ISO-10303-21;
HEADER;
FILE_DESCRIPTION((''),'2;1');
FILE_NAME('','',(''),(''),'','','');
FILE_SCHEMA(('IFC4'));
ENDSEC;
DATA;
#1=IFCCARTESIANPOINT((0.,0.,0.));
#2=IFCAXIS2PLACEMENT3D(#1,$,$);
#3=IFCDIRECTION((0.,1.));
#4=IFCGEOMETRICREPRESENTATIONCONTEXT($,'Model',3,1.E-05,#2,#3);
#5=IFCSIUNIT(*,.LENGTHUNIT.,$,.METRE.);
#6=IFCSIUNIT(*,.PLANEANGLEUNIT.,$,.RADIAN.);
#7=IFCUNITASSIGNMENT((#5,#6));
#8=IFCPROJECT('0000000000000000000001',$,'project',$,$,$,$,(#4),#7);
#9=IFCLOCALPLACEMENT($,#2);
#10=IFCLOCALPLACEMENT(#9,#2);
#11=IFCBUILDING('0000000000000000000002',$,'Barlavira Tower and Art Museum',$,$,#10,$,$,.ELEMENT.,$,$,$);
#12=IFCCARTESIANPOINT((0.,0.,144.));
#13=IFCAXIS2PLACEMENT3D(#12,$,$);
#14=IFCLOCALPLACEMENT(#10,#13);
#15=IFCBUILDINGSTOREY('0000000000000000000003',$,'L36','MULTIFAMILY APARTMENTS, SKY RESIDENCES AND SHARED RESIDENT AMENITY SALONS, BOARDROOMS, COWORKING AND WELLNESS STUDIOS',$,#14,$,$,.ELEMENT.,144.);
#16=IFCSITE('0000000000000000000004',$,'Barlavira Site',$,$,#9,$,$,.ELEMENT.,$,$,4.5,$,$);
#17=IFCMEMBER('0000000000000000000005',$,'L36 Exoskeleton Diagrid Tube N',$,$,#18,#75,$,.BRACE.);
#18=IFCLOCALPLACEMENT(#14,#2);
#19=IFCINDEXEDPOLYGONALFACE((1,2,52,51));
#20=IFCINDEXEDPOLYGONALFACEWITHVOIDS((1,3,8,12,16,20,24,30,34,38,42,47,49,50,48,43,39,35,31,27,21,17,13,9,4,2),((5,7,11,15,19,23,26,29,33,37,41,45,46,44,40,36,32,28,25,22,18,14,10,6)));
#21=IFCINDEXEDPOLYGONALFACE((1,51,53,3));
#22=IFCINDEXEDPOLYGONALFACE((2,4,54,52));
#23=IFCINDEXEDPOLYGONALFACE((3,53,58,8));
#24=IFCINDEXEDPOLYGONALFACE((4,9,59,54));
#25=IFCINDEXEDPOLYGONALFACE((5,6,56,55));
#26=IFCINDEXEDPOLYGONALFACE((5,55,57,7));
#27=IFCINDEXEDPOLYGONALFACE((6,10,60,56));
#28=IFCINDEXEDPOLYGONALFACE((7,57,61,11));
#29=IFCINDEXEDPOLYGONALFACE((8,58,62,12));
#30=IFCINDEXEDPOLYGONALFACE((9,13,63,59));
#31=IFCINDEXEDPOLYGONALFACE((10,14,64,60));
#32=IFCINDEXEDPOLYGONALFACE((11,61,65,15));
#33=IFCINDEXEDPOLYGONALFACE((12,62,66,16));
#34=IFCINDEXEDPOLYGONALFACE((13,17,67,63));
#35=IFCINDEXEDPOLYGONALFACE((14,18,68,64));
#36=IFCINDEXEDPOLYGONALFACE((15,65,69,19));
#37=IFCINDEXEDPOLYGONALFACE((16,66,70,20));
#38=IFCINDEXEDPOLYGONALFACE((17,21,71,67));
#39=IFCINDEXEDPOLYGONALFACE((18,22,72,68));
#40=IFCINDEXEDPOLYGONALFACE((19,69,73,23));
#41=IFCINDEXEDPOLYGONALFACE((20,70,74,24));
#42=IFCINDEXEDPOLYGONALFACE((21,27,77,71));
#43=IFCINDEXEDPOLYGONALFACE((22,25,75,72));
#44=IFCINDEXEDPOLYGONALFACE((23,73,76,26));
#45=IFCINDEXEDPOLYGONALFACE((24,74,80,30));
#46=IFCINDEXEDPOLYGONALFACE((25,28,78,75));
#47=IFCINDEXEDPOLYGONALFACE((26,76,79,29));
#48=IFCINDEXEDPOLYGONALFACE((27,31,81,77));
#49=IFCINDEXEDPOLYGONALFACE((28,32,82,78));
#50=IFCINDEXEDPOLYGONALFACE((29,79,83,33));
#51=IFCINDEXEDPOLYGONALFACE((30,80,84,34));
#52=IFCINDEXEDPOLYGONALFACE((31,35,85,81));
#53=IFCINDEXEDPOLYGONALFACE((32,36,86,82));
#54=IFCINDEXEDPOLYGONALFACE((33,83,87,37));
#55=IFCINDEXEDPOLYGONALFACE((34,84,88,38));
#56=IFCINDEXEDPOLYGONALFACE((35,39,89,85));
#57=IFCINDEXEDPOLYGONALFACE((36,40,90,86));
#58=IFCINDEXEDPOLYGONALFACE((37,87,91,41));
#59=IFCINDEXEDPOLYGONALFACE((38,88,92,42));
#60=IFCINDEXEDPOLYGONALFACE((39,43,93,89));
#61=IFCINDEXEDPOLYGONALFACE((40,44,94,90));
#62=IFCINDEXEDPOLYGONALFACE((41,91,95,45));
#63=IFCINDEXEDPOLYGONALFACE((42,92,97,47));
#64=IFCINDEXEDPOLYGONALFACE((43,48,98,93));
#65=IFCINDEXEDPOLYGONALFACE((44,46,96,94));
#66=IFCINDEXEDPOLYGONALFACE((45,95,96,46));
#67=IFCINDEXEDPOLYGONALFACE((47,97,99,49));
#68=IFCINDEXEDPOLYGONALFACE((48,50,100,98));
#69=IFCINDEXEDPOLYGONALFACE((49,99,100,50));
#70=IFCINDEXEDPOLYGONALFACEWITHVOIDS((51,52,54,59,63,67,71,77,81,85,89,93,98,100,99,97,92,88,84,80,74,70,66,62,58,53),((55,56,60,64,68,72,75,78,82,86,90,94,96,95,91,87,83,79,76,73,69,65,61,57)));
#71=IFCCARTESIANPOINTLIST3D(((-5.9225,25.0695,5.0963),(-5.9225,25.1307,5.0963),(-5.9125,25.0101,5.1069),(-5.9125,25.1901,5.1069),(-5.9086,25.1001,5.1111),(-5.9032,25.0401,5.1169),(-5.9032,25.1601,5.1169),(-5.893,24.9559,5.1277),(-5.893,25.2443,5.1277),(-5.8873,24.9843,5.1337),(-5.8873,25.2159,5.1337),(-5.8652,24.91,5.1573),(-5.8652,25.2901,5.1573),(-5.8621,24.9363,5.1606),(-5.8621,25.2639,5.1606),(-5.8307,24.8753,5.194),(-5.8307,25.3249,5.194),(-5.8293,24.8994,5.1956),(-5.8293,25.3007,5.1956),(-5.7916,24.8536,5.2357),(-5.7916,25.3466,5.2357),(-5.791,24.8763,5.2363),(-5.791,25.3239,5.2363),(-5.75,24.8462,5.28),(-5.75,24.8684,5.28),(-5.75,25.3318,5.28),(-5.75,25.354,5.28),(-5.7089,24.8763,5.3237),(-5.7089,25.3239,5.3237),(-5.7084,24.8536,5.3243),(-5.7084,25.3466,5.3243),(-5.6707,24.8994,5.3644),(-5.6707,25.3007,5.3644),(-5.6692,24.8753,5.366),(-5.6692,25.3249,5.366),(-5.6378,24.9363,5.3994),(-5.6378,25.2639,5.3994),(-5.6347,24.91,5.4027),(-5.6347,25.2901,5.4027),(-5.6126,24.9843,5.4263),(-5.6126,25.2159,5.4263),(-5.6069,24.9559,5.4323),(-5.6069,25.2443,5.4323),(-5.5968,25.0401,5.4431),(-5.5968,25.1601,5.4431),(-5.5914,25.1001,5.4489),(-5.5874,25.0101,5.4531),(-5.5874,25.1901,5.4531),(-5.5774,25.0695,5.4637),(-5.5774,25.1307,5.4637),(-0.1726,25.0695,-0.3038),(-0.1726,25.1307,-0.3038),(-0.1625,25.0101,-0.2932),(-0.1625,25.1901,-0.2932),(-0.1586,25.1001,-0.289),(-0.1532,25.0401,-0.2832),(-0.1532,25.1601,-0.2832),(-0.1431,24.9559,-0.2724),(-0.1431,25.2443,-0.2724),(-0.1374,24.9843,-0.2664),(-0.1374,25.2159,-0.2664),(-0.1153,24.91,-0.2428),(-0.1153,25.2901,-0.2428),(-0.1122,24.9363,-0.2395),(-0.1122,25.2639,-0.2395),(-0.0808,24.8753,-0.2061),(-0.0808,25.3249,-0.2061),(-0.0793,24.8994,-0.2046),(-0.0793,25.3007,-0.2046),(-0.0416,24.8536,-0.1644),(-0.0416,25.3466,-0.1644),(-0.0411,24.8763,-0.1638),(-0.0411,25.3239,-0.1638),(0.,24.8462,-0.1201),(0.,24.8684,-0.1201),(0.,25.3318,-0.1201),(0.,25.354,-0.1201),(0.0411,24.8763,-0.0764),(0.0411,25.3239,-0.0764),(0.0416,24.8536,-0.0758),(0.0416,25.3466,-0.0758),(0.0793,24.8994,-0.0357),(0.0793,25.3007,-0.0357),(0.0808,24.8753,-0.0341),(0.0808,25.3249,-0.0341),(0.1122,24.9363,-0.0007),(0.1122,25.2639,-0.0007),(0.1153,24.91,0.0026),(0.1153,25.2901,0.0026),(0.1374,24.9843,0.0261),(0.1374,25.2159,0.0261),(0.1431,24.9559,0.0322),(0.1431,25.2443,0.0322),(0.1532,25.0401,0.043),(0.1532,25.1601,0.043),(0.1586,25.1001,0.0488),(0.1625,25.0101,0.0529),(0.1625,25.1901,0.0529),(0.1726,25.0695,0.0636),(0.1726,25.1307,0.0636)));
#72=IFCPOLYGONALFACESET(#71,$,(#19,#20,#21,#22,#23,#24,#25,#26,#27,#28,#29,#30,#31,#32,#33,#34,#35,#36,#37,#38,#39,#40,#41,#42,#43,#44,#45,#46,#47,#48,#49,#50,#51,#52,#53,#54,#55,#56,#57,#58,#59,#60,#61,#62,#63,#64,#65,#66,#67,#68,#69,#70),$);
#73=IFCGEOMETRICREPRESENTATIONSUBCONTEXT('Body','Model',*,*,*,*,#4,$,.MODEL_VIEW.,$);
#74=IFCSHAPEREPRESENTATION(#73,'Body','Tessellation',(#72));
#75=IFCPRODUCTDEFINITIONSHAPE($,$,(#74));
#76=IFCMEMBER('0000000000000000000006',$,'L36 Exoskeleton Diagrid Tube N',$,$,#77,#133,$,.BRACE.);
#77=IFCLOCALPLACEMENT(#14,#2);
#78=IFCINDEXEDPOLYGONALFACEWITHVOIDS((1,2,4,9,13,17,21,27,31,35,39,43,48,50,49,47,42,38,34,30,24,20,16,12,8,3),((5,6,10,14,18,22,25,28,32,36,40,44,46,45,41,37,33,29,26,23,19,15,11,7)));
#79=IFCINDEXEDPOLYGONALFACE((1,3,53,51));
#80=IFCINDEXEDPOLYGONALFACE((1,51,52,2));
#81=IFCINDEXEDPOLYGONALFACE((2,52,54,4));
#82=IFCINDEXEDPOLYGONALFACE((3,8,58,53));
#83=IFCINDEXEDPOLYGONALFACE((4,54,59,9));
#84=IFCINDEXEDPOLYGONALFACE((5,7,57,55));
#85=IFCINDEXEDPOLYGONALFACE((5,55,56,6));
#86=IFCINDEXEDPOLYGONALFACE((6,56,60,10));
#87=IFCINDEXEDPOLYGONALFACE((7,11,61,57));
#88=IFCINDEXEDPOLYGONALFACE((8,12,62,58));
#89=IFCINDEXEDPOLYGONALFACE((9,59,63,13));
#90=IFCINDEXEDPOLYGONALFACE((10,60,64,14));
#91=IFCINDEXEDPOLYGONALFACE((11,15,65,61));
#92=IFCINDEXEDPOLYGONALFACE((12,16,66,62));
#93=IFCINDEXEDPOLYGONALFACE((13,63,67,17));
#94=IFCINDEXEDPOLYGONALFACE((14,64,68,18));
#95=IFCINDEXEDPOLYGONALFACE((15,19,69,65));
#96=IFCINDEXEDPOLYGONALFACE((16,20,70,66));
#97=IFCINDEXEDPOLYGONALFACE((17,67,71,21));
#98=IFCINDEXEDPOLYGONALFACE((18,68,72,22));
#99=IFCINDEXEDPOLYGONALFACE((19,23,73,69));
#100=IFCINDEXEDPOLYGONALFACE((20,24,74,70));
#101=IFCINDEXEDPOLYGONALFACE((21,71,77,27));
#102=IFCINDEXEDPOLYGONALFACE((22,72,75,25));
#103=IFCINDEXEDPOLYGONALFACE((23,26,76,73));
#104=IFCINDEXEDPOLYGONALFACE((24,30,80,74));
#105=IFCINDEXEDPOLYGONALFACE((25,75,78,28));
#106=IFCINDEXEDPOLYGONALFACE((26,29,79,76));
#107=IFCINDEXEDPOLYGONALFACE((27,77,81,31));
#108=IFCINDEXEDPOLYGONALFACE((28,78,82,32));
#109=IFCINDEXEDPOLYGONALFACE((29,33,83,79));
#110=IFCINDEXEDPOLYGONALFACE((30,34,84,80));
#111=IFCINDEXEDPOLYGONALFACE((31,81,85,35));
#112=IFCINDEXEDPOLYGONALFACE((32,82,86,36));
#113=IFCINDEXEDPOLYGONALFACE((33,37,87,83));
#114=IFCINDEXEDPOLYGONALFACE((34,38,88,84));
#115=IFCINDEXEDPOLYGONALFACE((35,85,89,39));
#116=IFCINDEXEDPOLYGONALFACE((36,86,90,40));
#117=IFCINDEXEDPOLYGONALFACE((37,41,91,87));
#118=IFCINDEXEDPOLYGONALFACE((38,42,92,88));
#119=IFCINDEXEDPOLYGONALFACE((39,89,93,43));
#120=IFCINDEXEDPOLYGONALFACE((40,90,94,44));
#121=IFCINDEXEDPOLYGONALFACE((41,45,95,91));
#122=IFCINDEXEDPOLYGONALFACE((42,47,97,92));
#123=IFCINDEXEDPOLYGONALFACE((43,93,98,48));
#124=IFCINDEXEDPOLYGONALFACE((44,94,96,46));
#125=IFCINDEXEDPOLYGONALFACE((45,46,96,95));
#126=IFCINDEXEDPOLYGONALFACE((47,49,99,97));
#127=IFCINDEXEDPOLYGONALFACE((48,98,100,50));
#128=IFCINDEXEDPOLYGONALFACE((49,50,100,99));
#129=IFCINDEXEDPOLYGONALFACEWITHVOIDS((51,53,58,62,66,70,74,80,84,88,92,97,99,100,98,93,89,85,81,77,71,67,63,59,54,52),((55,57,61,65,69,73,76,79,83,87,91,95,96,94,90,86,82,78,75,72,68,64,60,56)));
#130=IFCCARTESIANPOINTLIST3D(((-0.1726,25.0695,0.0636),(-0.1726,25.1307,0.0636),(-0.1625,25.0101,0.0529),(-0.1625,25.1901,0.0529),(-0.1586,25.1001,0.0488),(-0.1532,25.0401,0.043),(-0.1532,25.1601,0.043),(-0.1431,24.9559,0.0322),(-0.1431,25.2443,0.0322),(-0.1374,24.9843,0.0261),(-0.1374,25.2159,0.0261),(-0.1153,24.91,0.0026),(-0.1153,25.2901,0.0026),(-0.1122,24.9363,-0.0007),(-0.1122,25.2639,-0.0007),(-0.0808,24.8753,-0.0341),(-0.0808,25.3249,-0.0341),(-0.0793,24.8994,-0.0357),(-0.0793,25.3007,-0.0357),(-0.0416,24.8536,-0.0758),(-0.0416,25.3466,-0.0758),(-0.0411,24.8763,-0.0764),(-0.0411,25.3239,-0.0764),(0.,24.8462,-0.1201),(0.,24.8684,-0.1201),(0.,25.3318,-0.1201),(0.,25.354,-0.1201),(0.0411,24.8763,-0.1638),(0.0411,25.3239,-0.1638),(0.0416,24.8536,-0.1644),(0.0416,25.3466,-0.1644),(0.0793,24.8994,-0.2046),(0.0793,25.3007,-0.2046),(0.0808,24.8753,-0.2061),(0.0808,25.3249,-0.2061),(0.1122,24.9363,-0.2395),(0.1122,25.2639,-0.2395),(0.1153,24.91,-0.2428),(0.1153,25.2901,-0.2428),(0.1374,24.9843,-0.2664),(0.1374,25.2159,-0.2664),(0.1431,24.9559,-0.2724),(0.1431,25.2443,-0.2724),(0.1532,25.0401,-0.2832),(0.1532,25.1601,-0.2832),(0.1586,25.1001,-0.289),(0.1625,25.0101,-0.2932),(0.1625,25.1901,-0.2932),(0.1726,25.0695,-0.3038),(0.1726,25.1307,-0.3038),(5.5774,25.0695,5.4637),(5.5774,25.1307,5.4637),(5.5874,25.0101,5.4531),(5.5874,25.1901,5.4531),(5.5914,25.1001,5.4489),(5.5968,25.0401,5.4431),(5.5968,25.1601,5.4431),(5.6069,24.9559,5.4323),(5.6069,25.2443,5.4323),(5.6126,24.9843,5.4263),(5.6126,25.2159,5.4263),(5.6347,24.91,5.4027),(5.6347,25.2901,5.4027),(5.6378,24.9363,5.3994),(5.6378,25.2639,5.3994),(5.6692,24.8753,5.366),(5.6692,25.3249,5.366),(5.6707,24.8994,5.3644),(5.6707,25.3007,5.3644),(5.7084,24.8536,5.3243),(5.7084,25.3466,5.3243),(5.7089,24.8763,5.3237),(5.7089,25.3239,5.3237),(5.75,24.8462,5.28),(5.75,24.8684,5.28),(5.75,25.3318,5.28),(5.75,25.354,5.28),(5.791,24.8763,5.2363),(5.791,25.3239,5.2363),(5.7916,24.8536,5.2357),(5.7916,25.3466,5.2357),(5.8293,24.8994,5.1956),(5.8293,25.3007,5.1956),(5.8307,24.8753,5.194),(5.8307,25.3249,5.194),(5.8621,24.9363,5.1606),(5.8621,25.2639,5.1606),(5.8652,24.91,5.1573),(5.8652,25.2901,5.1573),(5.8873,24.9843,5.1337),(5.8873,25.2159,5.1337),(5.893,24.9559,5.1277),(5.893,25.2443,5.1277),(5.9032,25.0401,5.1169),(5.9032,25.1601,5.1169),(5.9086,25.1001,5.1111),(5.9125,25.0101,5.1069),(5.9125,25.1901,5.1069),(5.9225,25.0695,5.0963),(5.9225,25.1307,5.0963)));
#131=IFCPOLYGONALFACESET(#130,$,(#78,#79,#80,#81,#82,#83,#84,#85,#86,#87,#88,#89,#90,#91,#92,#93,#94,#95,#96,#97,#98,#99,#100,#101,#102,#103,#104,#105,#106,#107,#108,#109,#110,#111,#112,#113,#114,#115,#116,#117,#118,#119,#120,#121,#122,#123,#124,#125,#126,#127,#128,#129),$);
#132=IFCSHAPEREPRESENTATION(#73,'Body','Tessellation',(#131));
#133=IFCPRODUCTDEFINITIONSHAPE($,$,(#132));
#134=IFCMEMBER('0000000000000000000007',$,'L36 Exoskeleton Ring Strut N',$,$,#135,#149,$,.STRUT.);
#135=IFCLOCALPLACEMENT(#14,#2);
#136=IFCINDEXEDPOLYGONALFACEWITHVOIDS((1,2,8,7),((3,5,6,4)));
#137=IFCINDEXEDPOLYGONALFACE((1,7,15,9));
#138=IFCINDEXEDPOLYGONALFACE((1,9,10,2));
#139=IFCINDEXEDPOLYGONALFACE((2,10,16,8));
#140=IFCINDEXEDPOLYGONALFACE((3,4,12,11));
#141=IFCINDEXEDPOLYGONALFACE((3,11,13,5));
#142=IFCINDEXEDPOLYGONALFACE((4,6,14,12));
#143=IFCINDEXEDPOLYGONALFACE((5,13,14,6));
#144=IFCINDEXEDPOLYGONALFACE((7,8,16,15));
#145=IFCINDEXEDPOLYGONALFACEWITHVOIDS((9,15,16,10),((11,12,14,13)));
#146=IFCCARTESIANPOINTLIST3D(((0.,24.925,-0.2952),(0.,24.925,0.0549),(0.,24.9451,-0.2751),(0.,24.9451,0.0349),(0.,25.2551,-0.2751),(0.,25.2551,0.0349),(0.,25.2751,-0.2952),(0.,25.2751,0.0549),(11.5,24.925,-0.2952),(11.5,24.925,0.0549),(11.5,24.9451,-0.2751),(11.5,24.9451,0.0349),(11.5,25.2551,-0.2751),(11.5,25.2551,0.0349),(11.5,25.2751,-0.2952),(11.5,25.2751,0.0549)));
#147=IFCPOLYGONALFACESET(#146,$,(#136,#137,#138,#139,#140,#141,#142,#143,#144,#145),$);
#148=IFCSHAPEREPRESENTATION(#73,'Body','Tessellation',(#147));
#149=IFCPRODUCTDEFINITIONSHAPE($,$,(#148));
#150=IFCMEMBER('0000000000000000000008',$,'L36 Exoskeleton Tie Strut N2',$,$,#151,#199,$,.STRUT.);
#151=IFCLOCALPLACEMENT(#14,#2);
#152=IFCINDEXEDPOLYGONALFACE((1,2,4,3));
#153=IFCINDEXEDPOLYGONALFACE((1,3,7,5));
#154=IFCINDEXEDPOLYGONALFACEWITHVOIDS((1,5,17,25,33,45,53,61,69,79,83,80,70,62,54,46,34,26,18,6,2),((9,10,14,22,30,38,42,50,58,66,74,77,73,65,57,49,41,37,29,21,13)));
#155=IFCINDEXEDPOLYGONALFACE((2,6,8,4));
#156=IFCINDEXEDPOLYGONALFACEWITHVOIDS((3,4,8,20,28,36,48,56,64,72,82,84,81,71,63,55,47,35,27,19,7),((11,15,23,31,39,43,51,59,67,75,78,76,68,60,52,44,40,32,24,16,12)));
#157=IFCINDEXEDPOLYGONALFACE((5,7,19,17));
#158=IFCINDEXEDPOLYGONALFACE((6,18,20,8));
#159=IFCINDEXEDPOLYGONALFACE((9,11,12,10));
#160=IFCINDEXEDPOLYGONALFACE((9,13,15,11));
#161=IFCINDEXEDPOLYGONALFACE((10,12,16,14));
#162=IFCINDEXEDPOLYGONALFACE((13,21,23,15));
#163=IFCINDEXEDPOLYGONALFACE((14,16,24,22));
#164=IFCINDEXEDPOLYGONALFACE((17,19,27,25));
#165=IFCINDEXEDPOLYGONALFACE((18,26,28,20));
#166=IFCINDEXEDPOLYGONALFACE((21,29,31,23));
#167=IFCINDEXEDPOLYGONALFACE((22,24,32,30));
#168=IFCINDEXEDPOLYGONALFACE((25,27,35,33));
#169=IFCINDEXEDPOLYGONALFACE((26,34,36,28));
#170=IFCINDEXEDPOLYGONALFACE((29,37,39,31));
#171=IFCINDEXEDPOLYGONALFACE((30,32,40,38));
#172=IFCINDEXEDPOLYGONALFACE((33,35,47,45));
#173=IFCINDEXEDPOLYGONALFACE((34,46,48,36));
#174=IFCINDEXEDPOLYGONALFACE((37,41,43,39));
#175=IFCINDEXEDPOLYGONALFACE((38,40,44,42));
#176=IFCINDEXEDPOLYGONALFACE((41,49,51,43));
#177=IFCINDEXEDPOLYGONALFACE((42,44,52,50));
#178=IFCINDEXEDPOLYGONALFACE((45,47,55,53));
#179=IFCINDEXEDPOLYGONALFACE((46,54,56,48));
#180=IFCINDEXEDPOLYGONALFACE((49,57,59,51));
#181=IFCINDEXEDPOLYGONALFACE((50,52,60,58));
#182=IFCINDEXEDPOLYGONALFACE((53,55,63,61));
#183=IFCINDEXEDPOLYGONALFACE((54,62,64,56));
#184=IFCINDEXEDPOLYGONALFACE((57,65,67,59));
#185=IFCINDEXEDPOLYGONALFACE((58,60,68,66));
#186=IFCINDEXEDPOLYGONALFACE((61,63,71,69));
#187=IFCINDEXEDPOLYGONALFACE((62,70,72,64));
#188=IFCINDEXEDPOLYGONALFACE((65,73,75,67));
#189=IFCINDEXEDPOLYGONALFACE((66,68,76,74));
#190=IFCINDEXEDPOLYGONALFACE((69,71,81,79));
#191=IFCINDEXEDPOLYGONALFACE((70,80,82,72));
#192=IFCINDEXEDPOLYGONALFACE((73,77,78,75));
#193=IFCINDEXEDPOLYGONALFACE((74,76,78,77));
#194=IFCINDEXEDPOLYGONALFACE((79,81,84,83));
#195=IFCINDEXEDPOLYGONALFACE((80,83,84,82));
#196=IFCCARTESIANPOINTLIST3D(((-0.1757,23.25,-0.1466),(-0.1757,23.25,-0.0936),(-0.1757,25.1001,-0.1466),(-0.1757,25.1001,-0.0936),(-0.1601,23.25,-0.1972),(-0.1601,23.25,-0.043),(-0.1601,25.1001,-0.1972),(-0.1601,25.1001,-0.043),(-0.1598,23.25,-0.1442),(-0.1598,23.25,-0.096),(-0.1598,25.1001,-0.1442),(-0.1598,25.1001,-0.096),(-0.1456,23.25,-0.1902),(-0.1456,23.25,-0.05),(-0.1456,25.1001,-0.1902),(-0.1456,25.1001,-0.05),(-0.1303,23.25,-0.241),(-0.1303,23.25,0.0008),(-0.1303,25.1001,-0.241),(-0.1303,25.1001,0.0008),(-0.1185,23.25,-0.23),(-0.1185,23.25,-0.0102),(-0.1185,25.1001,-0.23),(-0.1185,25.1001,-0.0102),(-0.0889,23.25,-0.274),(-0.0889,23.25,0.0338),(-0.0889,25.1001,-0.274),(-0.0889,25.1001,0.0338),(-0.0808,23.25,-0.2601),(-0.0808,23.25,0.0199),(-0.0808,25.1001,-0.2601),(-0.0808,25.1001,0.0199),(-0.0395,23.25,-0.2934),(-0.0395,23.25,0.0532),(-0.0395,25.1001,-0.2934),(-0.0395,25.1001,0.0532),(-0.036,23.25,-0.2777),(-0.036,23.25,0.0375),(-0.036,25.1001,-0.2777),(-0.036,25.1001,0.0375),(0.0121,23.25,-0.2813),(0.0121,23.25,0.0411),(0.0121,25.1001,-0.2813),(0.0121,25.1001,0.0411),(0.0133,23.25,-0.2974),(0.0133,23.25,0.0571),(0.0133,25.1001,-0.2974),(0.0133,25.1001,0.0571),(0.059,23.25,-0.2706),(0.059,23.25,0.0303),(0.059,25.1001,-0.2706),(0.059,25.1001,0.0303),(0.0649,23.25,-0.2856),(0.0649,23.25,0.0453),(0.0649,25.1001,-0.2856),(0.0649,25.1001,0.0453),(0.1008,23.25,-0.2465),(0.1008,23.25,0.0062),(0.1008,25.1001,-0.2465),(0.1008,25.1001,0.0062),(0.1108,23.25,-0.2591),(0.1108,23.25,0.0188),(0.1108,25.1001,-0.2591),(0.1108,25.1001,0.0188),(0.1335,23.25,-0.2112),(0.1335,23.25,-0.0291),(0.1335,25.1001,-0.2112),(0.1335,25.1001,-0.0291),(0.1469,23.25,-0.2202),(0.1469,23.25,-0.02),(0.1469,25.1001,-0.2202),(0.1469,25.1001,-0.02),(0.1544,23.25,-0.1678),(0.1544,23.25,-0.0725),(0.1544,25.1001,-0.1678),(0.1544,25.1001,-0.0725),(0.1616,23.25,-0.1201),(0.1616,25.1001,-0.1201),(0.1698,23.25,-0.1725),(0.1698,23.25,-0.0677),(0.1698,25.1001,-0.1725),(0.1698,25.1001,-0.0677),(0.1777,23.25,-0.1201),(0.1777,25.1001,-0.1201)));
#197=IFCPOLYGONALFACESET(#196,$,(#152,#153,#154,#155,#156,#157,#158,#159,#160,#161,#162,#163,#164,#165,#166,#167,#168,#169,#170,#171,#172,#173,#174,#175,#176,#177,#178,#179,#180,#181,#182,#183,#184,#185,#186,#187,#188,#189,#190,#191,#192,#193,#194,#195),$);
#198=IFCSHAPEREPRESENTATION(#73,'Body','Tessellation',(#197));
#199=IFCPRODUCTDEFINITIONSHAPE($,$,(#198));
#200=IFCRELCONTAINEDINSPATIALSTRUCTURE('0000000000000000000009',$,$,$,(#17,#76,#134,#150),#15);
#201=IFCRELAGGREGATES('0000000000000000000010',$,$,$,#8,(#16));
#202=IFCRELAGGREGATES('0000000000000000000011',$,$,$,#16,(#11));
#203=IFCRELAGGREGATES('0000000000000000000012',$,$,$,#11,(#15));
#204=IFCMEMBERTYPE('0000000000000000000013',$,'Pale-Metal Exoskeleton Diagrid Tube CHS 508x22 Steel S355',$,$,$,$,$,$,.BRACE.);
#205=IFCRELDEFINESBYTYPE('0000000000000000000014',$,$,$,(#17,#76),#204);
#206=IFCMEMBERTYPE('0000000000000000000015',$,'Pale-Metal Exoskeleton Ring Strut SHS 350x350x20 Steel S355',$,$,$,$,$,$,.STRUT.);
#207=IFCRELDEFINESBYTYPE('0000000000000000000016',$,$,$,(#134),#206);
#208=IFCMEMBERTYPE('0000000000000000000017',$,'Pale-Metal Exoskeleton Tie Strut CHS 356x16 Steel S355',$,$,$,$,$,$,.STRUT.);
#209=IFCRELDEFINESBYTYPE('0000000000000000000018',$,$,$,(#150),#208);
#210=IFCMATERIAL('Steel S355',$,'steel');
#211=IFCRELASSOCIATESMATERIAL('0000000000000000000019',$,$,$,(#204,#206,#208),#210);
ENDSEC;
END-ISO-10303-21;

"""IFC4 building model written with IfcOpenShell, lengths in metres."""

from ifc_helpers import new_model, si_unit, direction, frame, origin, origin_2d, place, context, subcontext, project, spatial, hollow_rectangle, hollow_circle, extrude, material, material_profile, profile_set, type_object, element, save


model = new_model("IFC4")

# Units and contexts
model_context = context("Model", 3, precision=1e-05, world=origin(), true_north=direction((0.0, 1.0)))
body_context = subcontext(model_context, "Body", "Model", "MODEL_VIEW")
ifc_project = project(units=[si_unit("LENGTHUNIT", "METRE"), si_unit("PLANEANGLEUNIT", "RADIAN")], contexts=[model_context])

# Site, building, storey
site_placement = place(None, origin())
site = spatial("IfcSite", under=ifc_project, at=site_placement, Name="Barlavira Site", CompositionType="ELEMENT", RefElevation=4.5)
building_placement = place(site_placement, origin())
building = spatial("IfcBuilding", under=site, at=building_placement, Name="Barlavira Tower and Art Museum", CompositionType="ELEMENT")
storey_placement = place(building_placement, frame((0.0, 0.0, 144.0)))
storey = spatial("IfcBuildingStorey", under=building, at=storey_placement, Name="L36", Description="MULTIFAMILY APARTMENTS, SKY RESIDENCES AND SHARED RESIDENT AMENITY SALONS, BOARDROOMS, COWORKING AND WELLNESS STUDIOS", CompositionType="ELEMENT", Elevation=144.0)

# Members
ifc_material_1 = material(Name="Steel S355", Category="steel")
ifc_material_profile_1 = material_profile(ifc_material_1, hollow_circle(Radius=0.2539, WallThickness=0.0222, at=origin_2d()), Name="CHS 508.0x22.2")
ifc_profile_set_1 = profile_set([ifc_material_profile_1], Name="Steel S355")
member_type_1 = type_object("IfcMemberType", Name="Pale-Metal Exoskeleton Diagrid Tube CHS 508x22 Steel S355", PredefinedType="BRACE", material=ifc_profile_set_1)
for number, where, z_axis, x_axis, name in (
    (1, (0.0, 25.1001, -0.1201), (-0.728935, 0.0, 0.684583), (0.0, -1.0, 0.0), "L36 Exoskeleton Diagrid Tube N"),
    (2, (0.0, 25.1001, -0.1201), (0.728935, 0.0, 0.684583), (0.0, 1.0, 0.0), "L36 Exoskeleton Diagrid Tube N"),
):
    element("IfcMember", number, at=place(storey_placement, frame(where, z_axis=z_axis, x_axis=x_axis)), inside=storey, type_object=member_type_1, Name=name, PredefinedType="BRACE", context=body_context, shape_type="SweptSolid", body=[
        extrude(hollow_circle(Radius=0.2539, WallThickness=0.0222, at=origin_2d()), origin(), (0.0, 0.0, 1.0), 7.8882),
    ])
ifc_material_profile_2 = material_profile(ifc_material_1, hollow_rectangle(XDim=0.3501, YDim=0.3501, WallThickness=0.02, at=origin_2d()), Name="SHS 350x350x20.0")
ifc_profile_set_2 = profile_set([ifc_material_profile_2], Name="Steel S355")
member_type_2 = type_object("IfcMemberType", Name="Pale-Metal Exoskeleton Ring Strut SHS 350x350x20 Steel S355", PredefinedType="STRUT", material=ifc_profile_set_2)
member_1_placement = place(storey_placement, frame((0.0, 25.1001, -0.1201), z_axis=(1.0, 0.0, 0.0), x_axis=(0.0, 1.0, 0.0)))
element("IfcMember", 3, at=member_1_placement, inside=storey, type_object=member_type_2, Name="L36 Exoskeleton Ring Strut N", PredefinedType="STRUT", context=body_context, shape_type="SweptSolid", body=[
    extrude(hollow_rectangle(XDim=0.3501, YDim=0.3501, WallThickness=0.02, at=origin_2d()), origin(), (0.0, 0.0, 1.0), 11.5),
])
ifc_material_profile_3 = material_profile(ifc_material_1, hollow_circle(Radius=0.1777, WallThickness=0.0161, at=origin_2d()), Name="CHS 355.6x16.0")
ifc_profile_set_3 = profile_set([ifc_material_profile_3], Name="Steel S355")
member_type_3 = type_object("IfcMemberType", Name="Pale-Metal Exoskeleton Tie Strut CHS 356x16 Steel S355", PredefinedType="STRUT", material=ifc_profile_set_3)
member_2_placement = place(storey_placement, frame((0.0, 25.1001, -0.1201), z_axis=(0.0, -1.0, 0.0), x_axis=(1.0, 0.0, 0.0)))
element("IfcMember", 4, at=member_2_placement, inside=storey, type_object=member_type_3, Name="L36 Exoskeleton Tie Strut N2", PredefinedType="STRUT", context=body_context, shape_type="SweptSolid", body=[
    extrude(hollow_circle(Radius=0.1777, WallThickness=0.0161, at=origin_2d()), origin(), (0.0, 0.0, 1.0), 1.8501),
])

save(model, "model.ifc")
